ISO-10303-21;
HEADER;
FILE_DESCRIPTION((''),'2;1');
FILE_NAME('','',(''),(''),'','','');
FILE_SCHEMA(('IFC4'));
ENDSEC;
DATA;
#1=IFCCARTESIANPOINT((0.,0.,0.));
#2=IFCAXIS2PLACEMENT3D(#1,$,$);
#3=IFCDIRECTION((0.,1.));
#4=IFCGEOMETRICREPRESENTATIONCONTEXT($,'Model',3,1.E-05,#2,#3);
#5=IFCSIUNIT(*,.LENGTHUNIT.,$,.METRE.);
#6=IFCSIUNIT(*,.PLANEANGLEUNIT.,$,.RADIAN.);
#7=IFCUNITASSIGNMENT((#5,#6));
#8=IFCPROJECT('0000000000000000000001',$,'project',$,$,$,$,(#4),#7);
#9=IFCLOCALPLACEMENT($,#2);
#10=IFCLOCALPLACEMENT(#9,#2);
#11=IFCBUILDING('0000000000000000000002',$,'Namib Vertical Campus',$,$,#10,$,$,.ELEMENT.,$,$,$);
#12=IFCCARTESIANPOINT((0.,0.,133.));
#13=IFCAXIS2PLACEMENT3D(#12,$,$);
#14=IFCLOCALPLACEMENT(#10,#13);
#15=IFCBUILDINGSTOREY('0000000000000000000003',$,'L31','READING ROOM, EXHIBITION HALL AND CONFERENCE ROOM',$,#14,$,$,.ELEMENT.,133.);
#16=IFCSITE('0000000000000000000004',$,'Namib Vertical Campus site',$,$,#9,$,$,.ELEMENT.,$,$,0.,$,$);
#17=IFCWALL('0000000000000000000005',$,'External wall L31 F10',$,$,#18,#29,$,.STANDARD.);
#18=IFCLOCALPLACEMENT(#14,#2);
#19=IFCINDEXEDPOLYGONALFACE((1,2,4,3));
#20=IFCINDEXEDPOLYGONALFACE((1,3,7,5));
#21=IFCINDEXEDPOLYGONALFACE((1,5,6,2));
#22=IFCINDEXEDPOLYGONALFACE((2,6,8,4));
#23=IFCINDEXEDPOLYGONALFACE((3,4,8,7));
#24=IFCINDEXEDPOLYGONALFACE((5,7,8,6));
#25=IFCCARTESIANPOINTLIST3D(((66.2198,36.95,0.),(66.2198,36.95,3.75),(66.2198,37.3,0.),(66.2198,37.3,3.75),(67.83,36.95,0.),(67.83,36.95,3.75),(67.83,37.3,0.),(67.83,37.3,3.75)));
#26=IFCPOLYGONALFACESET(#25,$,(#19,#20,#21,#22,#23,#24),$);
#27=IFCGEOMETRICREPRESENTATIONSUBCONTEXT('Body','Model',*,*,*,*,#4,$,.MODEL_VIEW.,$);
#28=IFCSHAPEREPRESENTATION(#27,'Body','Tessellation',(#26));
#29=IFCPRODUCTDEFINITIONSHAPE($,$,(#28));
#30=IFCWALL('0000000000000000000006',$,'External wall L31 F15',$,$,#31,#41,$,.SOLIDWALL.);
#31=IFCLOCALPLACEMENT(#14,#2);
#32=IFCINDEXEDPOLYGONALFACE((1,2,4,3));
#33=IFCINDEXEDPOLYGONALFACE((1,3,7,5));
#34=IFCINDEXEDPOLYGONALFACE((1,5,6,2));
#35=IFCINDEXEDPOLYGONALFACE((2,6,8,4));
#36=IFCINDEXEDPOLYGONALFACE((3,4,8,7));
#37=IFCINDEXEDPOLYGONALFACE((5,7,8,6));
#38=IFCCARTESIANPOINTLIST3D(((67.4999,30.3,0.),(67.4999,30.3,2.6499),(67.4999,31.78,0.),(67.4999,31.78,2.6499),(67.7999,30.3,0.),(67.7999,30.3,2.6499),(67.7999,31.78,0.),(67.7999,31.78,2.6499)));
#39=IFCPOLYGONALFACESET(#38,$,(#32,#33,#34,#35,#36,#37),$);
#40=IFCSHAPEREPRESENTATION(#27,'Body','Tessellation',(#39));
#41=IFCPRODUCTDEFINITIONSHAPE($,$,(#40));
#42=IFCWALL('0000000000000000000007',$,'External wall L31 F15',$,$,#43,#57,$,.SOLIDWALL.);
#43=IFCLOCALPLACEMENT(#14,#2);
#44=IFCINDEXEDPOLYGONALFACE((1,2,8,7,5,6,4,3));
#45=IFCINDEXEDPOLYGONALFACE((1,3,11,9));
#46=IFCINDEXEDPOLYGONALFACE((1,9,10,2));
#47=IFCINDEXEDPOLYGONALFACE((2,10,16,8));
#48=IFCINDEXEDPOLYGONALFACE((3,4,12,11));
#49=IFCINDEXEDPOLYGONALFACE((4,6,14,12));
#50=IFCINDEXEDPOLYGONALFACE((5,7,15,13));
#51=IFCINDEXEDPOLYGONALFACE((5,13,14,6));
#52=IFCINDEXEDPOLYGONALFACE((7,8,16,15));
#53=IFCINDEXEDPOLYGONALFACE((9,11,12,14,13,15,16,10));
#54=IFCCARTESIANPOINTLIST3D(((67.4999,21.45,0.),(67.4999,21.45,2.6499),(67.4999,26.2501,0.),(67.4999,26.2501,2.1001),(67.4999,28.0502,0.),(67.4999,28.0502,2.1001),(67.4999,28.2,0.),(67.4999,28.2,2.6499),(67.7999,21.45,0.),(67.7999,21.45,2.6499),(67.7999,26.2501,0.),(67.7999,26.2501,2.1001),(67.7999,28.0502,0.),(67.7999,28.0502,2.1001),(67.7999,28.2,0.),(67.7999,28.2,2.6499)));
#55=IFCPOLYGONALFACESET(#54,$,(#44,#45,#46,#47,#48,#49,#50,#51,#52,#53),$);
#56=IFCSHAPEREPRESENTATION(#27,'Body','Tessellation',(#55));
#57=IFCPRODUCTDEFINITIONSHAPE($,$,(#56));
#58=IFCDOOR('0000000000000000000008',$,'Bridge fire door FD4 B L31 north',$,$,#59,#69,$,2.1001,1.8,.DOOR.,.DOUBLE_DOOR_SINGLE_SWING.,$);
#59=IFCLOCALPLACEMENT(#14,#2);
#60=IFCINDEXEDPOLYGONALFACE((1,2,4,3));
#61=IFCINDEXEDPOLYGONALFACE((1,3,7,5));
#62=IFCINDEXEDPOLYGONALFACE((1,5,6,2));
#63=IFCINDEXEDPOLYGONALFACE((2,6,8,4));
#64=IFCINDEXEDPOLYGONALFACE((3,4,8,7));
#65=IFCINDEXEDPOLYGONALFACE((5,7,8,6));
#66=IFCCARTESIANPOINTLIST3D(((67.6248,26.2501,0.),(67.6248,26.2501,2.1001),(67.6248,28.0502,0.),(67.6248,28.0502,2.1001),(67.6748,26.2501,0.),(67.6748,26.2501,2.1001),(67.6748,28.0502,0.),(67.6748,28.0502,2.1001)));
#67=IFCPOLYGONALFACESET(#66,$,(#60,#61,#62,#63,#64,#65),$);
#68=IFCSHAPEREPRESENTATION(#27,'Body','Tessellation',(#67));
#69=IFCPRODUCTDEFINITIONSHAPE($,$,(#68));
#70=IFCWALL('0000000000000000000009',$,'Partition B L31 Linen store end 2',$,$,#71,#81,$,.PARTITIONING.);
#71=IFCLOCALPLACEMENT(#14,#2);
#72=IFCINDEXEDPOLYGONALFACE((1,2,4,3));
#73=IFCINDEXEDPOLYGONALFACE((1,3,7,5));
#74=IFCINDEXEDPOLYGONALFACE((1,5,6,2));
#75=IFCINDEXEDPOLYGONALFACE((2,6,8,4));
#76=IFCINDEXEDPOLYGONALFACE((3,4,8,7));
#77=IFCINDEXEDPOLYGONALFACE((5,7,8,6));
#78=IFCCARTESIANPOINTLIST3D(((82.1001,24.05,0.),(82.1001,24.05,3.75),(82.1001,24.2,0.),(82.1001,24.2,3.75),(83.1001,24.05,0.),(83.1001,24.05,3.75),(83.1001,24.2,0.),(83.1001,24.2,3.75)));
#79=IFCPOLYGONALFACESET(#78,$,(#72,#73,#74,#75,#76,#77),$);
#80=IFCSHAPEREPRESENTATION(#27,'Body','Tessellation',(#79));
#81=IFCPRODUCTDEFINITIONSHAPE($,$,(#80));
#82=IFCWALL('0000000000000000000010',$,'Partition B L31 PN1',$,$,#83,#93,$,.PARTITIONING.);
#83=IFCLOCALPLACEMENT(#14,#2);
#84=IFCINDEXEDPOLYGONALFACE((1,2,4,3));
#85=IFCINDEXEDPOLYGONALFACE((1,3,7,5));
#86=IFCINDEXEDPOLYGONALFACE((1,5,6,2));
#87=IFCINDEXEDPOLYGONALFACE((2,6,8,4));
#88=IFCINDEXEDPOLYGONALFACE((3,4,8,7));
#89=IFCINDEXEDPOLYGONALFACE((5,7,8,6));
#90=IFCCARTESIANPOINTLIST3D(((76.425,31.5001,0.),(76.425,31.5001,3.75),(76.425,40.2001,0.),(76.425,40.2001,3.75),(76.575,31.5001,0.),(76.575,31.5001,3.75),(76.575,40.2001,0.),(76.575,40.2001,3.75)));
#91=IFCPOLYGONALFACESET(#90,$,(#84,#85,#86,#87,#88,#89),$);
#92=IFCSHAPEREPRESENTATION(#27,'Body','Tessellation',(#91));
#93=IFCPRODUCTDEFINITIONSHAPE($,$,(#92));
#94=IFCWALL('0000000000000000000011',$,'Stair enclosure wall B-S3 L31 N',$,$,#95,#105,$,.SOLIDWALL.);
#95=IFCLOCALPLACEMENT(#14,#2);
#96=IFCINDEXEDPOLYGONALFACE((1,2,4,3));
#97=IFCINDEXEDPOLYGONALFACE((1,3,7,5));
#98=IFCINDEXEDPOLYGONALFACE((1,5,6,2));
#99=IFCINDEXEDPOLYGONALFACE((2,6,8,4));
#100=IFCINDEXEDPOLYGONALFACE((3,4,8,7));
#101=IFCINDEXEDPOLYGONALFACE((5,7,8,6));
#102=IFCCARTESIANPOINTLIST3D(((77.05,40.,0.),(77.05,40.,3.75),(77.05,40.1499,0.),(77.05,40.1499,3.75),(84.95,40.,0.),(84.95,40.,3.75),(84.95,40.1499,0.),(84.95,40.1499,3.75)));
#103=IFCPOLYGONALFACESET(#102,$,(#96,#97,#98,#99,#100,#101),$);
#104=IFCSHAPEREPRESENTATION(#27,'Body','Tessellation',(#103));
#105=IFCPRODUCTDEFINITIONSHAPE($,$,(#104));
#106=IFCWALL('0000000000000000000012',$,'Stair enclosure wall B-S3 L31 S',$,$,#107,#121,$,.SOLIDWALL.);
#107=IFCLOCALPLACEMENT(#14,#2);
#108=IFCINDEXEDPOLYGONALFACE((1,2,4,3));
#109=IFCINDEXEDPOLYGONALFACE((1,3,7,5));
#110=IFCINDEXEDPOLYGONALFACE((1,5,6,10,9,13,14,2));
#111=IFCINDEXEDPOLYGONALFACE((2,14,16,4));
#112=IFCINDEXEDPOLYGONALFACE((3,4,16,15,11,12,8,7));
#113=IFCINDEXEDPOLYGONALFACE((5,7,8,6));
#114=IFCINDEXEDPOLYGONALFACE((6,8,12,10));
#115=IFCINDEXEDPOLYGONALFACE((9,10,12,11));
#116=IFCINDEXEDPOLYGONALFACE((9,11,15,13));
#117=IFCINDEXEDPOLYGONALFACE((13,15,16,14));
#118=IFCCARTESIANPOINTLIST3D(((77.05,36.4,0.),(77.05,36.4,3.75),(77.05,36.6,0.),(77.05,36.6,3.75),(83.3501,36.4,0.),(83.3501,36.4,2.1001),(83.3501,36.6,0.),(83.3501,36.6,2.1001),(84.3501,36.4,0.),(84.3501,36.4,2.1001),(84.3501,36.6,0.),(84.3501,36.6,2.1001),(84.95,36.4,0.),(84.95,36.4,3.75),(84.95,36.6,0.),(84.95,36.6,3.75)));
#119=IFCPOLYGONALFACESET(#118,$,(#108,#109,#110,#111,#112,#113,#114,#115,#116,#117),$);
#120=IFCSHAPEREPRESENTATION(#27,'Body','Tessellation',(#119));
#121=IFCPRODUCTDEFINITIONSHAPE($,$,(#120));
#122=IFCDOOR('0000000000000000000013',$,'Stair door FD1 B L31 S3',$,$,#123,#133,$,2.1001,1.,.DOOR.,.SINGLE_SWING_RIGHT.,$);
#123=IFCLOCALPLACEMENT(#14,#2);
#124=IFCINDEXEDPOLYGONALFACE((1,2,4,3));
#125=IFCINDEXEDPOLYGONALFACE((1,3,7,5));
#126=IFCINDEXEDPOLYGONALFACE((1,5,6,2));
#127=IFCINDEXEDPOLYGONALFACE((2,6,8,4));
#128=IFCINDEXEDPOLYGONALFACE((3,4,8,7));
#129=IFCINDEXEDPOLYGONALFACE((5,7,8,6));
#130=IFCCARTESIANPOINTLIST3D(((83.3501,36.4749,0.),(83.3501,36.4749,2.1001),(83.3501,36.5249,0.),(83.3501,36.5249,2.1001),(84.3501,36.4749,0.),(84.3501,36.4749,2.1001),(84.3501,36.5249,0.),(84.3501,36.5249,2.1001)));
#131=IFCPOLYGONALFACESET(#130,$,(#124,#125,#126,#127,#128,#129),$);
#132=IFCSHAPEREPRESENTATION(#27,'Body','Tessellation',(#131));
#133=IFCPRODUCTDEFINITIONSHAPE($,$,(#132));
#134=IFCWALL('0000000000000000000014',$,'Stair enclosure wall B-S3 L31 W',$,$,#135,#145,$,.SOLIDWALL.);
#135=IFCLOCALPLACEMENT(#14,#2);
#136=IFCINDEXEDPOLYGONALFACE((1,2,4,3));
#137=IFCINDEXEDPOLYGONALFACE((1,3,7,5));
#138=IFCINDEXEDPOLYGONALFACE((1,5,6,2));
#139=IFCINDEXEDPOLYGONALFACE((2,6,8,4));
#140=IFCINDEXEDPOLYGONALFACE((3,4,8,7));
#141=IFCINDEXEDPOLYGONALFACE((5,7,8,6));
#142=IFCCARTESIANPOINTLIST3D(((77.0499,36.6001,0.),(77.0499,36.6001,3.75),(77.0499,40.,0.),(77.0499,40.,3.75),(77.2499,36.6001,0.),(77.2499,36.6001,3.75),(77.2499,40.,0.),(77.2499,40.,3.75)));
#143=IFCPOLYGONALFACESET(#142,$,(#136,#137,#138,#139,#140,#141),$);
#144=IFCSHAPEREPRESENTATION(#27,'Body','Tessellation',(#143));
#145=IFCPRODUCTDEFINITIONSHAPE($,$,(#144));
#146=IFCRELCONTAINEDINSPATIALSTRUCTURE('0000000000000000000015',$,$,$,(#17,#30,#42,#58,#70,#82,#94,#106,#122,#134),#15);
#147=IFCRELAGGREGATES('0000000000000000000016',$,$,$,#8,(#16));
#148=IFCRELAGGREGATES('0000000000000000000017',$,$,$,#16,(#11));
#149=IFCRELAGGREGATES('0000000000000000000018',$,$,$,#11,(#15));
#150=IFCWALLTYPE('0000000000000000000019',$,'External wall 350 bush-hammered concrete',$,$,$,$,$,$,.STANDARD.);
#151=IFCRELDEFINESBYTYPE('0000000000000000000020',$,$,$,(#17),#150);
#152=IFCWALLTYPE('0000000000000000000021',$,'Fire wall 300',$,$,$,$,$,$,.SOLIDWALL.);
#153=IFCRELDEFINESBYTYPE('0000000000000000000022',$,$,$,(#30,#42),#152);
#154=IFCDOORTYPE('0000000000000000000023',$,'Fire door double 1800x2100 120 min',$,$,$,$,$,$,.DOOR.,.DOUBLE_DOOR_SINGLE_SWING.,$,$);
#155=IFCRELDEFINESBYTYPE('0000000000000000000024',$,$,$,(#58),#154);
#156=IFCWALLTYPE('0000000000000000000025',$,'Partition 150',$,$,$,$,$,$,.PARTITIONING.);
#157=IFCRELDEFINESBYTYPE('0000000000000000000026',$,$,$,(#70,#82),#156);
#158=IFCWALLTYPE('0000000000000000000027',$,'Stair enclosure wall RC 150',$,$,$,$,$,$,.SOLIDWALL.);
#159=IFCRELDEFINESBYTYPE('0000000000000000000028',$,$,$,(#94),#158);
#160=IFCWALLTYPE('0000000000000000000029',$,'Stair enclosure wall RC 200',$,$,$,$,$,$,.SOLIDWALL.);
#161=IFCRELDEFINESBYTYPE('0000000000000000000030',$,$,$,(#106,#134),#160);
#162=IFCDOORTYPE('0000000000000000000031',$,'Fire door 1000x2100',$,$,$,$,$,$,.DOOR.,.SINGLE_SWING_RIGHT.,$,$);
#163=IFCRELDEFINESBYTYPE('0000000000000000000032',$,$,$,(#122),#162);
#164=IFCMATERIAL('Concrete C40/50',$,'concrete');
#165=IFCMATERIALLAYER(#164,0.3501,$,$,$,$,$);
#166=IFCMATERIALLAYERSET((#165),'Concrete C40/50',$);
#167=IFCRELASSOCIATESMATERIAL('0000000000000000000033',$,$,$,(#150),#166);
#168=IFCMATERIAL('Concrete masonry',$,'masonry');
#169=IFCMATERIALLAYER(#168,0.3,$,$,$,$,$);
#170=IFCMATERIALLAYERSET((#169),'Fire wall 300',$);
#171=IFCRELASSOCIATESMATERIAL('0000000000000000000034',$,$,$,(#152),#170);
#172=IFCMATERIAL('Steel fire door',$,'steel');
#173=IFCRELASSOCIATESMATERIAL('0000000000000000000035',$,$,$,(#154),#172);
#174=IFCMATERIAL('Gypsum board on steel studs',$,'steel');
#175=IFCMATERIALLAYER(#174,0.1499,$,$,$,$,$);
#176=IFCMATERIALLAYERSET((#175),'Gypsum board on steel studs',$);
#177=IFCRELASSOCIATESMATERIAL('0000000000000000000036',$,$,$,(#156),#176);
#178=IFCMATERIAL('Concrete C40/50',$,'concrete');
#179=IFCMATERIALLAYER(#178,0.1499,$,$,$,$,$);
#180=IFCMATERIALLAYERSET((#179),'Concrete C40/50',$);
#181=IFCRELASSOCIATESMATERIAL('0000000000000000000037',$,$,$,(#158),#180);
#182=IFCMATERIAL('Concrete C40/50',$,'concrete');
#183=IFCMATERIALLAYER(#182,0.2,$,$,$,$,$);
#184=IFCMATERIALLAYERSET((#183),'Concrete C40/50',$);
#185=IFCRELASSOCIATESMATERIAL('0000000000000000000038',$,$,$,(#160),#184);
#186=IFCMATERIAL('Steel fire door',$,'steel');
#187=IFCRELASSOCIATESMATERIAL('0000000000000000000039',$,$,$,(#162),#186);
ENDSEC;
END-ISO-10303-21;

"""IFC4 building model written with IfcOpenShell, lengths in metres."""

from ifc_helpers import new_model, si_unit, direction, frame, frame_2d, origin, place, context, subcontext, project, spatial, rectangle, extrude, material, layer, layer_set, type_object, element, fill, save


model = new_model("IFC4")

# Units and contexts
model_context = context("Model", 3, precision=1e-05, world=origin(), true_north=direction((0.0, 1.0)))
body_context = subcontext(model_context, "Body", "Model", "MODEL_VIEW")
ifc_project = project(units=[si_unit("LENGTHUNIT", "METRE"), si_unit("PLANEANGLEUNIT", "RADIAN")], contexts=[model_context])

# Site, building, storey
site_placement = place(None, origin())
site = spatial("IfcSite", under=ifc_project, at=site_placement, Name="Namib Vertical Campus site", CompositionType="ELEMENT", RefElevation=0.0)
building_placement = place(site_placement, origin())
building = spatial("IfcBuilding", under=site, at=building_placement, Name="Namib Vertical Campus", CompositionType="ELEMENT")
storey_placement = place(building_placement, frame((0.0, 0.0, 133.0)))
storey = spatial("IfcBuildingStorey", under=building, at=storey_placement, Name="L31", Description="READING ROOM, EXHIBITION HALL AND CONFERENCE ROOM", CompositionType="ELEMENT", Elevation=133.0)

# Walls
ifc_material_1 = material(Name="Concrete C40/50", Category="concrete")
ifc_layer_1 = layer(ifc_material_1, 0.3501)
ifc_layer_set_1 = layer_set([ifc_layer_1], Name="Concrete C40/50")
wall_type_1 = type_object("IfcWallType", Name="External wall 350 bush-hammered concrete", PredefinedType="STANDARD", material=ifc_layer_set_1)
wall_1_placement = place(storey_placement, frame((67.8301, 37.125, 0.0), z_axis=(0.0, 0.0, 1.0), x_axis=(-1.0, 0.0, 0.0)))
element("IfcWall", 1, at=wall_1_placement, inside=storey, type_object=wall_type_1, Name="External wall L31 F10", PredefinedType="STANDARD", context=body_context, shape_type="SweptSolid", body=[
    extrude(rectangle(XDim=1.6101, YDim=0.3501, at=frame_2d((0.8052, 0.0))), origin(), (0.0, 0.0, 1.0), 3.75),
])
ifc_material_2 = material(Name="Concrete masonry", Category="masonry")
ifc_layer_2 = layer(ifc_material_2, 0.3)
ifc_layer_set_2 = layer_set([ifc_layer_2], Name="Fire wall 300")
wall_type_2 = type_object("IfcWallType", Name="Fire wall 300", PredefinedType="SOLIDWALL", material=ifc_layer_set_2)
wall_2_placement = place(storey_placement, frame((67.6499, 31.78, 0.0), z_axis=(0.0, 0.0, 1.0), x_axis=(0.0, -1.0, 0.0)))
element("IfcWall", 2, at=wall_2_placement, inside=storey, type_object=wall_type_2, Name="External wall L31 F15", PredefinedType="SOLIDWALL", context=body_context, shape_type="SweptSolid", body=[
    extrude(rectangle(XDim=1.48, YDim=0.3, at=frame_2d((0.74, 0.0))), origin(), (0.0, 0.0, 1.0), 2.6499),
])

# Wall, opening, door
wall_3_placement = place(storey_placement, frame((67.6499, 28.2, 0.0), z_axis=(0.0, 0.0, 1.0), x_axis=(0.0, -1.0, 0.0)))
wall_3 = element("IfcWall", 3, at=wall_3_placement, inside=storey, type_object=wall_type_2, Name="External wall L31 F15", PredefinedType="SOLIDWALL", context=body_context, shape_type="SweptSolid", body=[
    extrude(rectangle(XDim=6.75, YDim=0.3, at=frame_2d((3.375, 0.0))), origin(), (0.0, 0.0, 1.0), 2.6499),
])
opening_1_placement = place(wall_3_placement, frame((0.1499, 0.0, 0.0)))
opening_1 = element("IfcOpeningElement", 4, at=opening_1_placement, cuts=wall_3, PredefinedType="OPENING", context=body_context, shape_type="SweptSolid", body=[
    extrude(rectangle(XDim=1.8, YDim=2.1001, at=frame_2d((0.8999, 1.05))), frame((0.0, 0.1599, 0.0), z_axis=(0.0, -1.0, 0.0), x_axis=(1.0, 0.0, 0.0)), (0.0, 0.0, 1.0), 0.3201),
])
ifc_material_3 = material(Name="Steel fire door", Category="steel")
door_type_1 = type_object("IfcDoorType", Name="Fire door double 1800x2100 120 min", OperationType="DOUBLE_DOOR_SINGLE_SWING", PredefinedType="DOOR", material=ifc_material_3)
door_1_placement = place(opening_1_placement, origin())
door_1 = element("IfcDoor", 5, at=door_1_placement, inside=storey, type_object=door_type_1, Name="Bridge fire door FD4 B L31 north", OperationType="DOUBLE_DOOR_SINGLE_SWING", OverallHeight=2.1001, OverallWidth=1.8, PredefinedType="DOOR", context=body_context, shape_type="SweptSolid", body=[
    extrude(rectangle(XDim=1.8, YDim=2.1001, at=frame_2d((0.8999, 1.05))), frame((0.0, 0.0249, 0.0), z_axis=(0.0, -1.0, 0.0), x_axis=(1.0, 0.0, 0.0)), (0.0, 0.0, 1.0), 0.05),
])
fill(opening_1, door_1)

# Walls
ifc_material_4 = material(Name="Gypsum board on steel studs", Category="steel")
ifc_layer_3 = layer(ifc_material_4, 0.1499)
ifc_layer_set_3 = layer_set([ifc_layer_3], Name="Gypsum board on steel studs")
wall_type_3 = type_object("IfcWallType", Name="Partition 150", PredefinedType="PARTITIONING", material=ifc_layer_set_3)
wall_4_placement = place(storey_placement, frame((82.1001, 24.125, 0.0), z_axis=(0.0, 0.0, 1.0), x_axis=(1.0, 0.0, 0.0)))
element("IfcWall", 6, at=wall_4_placement, inside=storey, type_object=wall_type_3, Name="Partition B L31 Linen store end 2", PredefinedType="PARTITIONING", context=body_context, shape_type="SweptSolid", body=[
    extrude(rectangle(XDim=1.0, YDim=0.1499, at=frame_2d((0.5, 0.0))), origin(), (0.0, 0.0, 1.0), 3.75),
])
wall_5_placement = place(storey_placement, frame((76.5, 31.5, 0.0), z_axis=(0.0, 0.0, 1.0), x_axis=(0.0, 1.0, 0.0)))
element("IfcWall", 7, at=wall_5_placement, inside=storey, type_object=wall_type_3, Name="Partition B L31 PN1", PredefinedType="PARTITIONING", context=body_context, shape_type="SweptSolid", body=[
    extrude(rectangle(XDim=8.7, YDim=0.1499, at=frame_2d((4.3501, 0.0))), origin(), (0.0, 0.0, 1.0), 3.75),
])
ifc_material_5 = material(Name="Concrete C40/50", Category="concrete")
ifc_layer_4 = layer(ifc_material_5, 0.1499)
ifc_layer_set_4 = layer_set([ifc_layer_4], Name="Concrete C40/50")
wall_type_4 = type_object("IfcWallType", Name="Stair enclosure wall RC 150", PredefinedType="SOLIDWALL", material=ifc_layer_set_4)
wall_6_placement = place(storey_placement, frame((77.05, 40.075, 0.0), z_axis=(0.0, 0.0, 1.0), x_axis=(1.0, 0.0, 0.0)))
element("IfcWall", 8, at=wall_6_placement, inside=storey, type_object=wall_type_4, Name="Stair enclosure wall B-S3 L31 N", PredefinedType="SOLIDWALL", context=body_context, shape_type="SweptSolid", body=[
    extrude(rectangle(XDim=7.8999, YDim=0.1499, at=frame_2d((3.95, 0.0))), origin(), (0.0, 0.0, 1.0), 3.75),
])

# Wall, opening, door
ifc_material_6 = material(Name="Concrete C40/50", Category="concrete")
ifc_layer_5 = layer(ifc_material_6, 0.2)
ifc_layer_set_5 = layer_set([ifc_layer_5], Name="Concrete C40/50")
wall_type_5 = type_object("IfcWallType", Name="Stair enclosure wall RC 200", PredefinedType="SOLIDWALL", material=ifc_layer_set_5)
wall_7_placement = place(storey_placement, frame((77.05, 36.5, 0.0), z_axis=(0.0, 0.0, 1.0), x_axis=(1.0, 0.0, 0.0)))
wall_7 = element("IfcWall", 9, at=wall_7_placement, inside=storey, type_object=wall_type_5, Name="Stair enclosure wall B-S3 L31 S", PredefinedType="SOLIDWALL", context=body_context, shape_type="SweptSolid", body=[
    extrude(rectangle(XDim=7.8999, YDim=0.2, at=frame_2d((3.95, 0.0))), origin(), (0.0, 0.0, 1.0), 3.75),
])
opening_2_placement = place(wall_7_placement, frame((6.3, 0.0, 0.0)))
opening_2 = element("IfcOpeningElement", 10, at=opening_2_placement, cuts=wall_7, PredefinedType="OPENING", context=body_context, shape_type="SweptSolid", body=[
    extrude(rectangle(XDim=1.0, YDim=2.1001, at=frame_2d((0.5, 1.05))), frame((0.0, 0.1099, 0.0), z_axis=(0.0, -1.0, 0.0), x_axis=(1.0, 0.0, 0.0)), (0.0, 0.0, 1.0), 0.22),
])
ifc_material_7 = material(Name="Steel fire door", Category="steel")
door_type_2 = type_object("IfcDoorType", Name="Fire door 1000x2100", OperationType="SINGLE_SWING_RIGHT", PredefinedType="DOOR", material=ifc_material_7)
door_2_placement = place(opening_2_placement, origin())
door_2 = element("IfcDoor", 11, at=door_2_placement, inside=storey, type_object=door_type_2, Name="Stair door FD1 B L31 S3", OperationType="SINGLE_SWING_RIGHT", OverallHeight=2.1001, OverallWidth=1.0, PredefinedType="DOOR", context=body_context, shape_type="SweptSolid", body=[
    extrude(rectangle(XDim=1.0, YDim=2.1001, at=frame_2d((0.5, 1.05))), frame((0.0, 0.0249, 0.0), z_axis=(0.0, -1.0, 0.0), x_axis=(1.0, 0.0, 0.0)), (0.0, 0.0, 1.0), 0.05),
])
fill(opening_2, door_2)

# Wall
wall_8_placement = place(storey_placement, frame((77.1499, 36.6001, 0.0), z_axis=(0.0, 0.0, 1.0), x_axis=(0.0, 1.0, 0.0)))
element("IfcWall", 12, at=wall_8_placement, inside=storey, type_object=wall_type_5, Name="Stair enclosure wall B-S3 L31 W", PredefinedType="SOLIDWALL", context=body_context, shape_type="SweptSolid", body=[
    extrude(rectangle(XDim=3.3999, YDim=0.2, at=frame_2d((1.7, 0.0))), origin(), (0.0, 0.0, 1.0), 3.75),
])

save(model, "model.ifc")
